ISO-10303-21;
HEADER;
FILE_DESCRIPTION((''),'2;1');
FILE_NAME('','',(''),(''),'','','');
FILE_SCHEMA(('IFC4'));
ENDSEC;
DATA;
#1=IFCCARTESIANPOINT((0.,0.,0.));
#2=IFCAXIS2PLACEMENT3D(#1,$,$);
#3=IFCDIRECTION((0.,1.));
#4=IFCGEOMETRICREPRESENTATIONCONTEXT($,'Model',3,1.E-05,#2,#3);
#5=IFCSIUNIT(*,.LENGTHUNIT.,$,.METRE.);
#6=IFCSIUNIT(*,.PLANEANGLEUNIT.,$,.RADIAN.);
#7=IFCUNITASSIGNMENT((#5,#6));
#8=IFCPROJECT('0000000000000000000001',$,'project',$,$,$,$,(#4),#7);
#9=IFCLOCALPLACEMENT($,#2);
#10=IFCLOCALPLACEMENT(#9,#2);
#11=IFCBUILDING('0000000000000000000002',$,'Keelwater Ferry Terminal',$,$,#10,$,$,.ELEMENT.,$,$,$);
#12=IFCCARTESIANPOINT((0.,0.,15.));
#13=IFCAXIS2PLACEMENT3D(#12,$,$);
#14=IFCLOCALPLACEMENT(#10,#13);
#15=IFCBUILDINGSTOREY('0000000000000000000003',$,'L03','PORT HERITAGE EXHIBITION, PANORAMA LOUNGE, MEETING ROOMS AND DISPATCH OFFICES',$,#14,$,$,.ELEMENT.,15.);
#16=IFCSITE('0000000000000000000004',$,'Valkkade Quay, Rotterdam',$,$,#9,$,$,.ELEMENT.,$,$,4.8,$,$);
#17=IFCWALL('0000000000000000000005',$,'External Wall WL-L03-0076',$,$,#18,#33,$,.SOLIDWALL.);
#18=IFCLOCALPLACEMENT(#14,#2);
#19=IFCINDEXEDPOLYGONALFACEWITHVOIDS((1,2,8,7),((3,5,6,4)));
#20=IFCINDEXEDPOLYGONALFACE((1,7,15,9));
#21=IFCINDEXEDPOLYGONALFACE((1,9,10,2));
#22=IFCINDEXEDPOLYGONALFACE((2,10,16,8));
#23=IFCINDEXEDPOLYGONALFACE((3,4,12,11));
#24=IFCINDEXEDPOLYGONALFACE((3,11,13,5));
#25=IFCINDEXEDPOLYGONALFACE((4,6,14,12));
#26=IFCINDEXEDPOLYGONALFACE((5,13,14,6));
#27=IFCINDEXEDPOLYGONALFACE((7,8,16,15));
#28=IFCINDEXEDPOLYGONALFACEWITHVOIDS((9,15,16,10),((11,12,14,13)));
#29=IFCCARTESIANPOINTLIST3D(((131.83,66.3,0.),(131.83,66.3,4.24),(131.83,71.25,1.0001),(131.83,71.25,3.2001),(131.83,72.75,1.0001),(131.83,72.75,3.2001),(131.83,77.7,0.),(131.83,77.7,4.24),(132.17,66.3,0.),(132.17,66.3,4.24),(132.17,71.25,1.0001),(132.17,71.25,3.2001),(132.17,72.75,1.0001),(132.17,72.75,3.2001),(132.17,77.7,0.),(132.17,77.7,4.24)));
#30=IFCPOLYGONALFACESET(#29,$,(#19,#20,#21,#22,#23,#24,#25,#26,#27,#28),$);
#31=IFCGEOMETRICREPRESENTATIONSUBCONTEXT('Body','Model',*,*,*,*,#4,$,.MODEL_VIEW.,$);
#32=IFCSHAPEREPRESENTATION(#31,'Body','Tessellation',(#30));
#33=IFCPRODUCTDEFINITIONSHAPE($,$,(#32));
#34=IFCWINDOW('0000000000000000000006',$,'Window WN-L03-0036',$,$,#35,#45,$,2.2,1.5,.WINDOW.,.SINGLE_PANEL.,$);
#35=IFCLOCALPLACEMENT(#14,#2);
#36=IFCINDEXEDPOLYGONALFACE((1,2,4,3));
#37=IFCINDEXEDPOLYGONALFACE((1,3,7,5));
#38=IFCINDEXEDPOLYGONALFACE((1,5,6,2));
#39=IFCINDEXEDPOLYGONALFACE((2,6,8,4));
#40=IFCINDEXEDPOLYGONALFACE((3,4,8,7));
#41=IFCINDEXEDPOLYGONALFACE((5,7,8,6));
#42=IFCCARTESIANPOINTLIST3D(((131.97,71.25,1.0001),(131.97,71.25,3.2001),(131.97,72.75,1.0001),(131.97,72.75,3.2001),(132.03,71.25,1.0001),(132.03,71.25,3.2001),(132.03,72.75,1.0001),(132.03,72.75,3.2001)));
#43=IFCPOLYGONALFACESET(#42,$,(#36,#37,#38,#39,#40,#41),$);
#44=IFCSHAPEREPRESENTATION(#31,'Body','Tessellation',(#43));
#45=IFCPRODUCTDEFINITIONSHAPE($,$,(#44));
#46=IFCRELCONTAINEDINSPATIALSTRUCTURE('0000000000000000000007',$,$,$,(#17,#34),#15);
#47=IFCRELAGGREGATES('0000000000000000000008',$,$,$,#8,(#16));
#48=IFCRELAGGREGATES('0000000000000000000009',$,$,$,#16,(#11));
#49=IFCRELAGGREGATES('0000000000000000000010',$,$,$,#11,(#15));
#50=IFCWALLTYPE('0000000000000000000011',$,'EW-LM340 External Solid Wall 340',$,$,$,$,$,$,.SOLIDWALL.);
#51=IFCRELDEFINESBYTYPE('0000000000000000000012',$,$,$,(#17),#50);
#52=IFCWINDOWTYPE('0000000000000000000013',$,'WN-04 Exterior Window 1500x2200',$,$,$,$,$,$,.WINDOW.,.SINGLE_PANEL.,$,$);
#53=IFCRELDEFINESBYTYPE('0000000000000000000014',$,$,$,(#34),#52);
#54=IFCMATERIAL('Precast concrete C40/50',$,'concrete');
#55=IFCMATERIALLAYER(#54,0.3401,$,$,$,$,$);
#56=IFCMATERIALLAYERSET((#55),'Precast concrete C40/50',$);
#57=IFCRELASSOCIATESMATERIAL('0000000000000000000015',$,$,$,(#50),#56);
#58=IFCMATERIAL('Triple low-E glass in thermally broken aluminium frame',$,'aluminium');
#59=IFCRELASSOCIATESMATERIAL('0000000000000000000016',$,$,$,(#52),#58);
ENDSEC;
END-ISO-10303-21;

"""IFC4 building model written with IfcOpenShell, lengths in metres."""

from ifc_helpers import new_model, si_unit, direction, frame, frame_2d, origin, place, context, subcontext, project, spatial, rectangle, extrude, material, layer, layer_set, type_object, element, fill, save


model = new_model("IFC4")

# Units and contexts
model_context = context("Model", 3, precision=1e-05, world=origin(), true_north=direction((0.0, 1.0)))
body_context = subcontext(model_context, "Body", "Model", "MODEL_VIEW")
ifc_project = project(units=[si_unit("LENGTHUNIT", "METRE"), si_unit("PLANEANGLEUNIT", "RADIAN")], contexts=[model_context])

# Site, building, storey
site_placement = place(None, origin())
site = spatial("IfcSite", under=ifc_project, at=site_placement, Name="Valkkade Quay, Rotterdam", CompositionType="ELEMENT", RefElevation=4.8)
building_placement = place(site_placement, origin())
building = spatial("IfcBuilding", under=site, at=building_placement, Name="Keelwater Ferry Terminal", CompositionType="ELEMENT")
storey_placement = place(building_placement, frame((0.0, 0.0, 15.0)))
storey = spatial("IfcBuildingStorey", under=building, at=storey_placement, Name="L03", Description="PORT HERITAGE EXHIBITION, PANORAMA LOUNGE, MEETING ROOMS AND DISPATCH OFFICES", CompositionType="ELEMENT", Elevation=15.0)

# Shared definitions
ifc_material_1 = material(Name="Precast concrete C40/50", Category="concrete")
ifc_layer_1 = layer(ifc_material_1, 0.3401)
ifc_layer_set_1 = layer_set([ifc_layer_1], Name="Precast concrete C40/50")
wall_type = type_object("IfcWallType", Name="EW-LM340 External Solid Wall 340", PredefinedType="SOLIDWALL", material=ifc_layer_set_1)

# Wall, opening, window
wall_1_placement = place(storey_placement, frame((132.0, 77.7, 0.0), z_axis=(0.0, 0.0, 1.0), x_axis=(0.0, -1.0, 0.0)))
wall_1 = element("IfcWall", 1, at=wall_1_placement, inside=storey, type_object=wall_type, Name="External Wall WL-L03-0076", PredefinedType="SOLIDWALL", context=body_context, shape_type="SweptSolid", body=[
    extrude(rectangle(XDim=11.3999, YDim=0.3401, at=frame_2d((5.7, 0.0))), origin(), (0.0, 0.0, 1.0), 4.24),
])
opening_placement = place(wall_1_placement, frame((4.95, 0.0, 1.0)))
opening = element("IfcOpeningElement", 2, at=opening_placement, cuts=wall_1, PredefinedType="OPENING", context=body_context, shape_type="SweptSolid", body=[
    extrude(rectangle(XDim=1.5, YDim=2.2, at=frame_2d((0.75, 1.1001))), frame((0.0, 0.1799, 0.0), z_axis=(0.0, -1.0, 0.0), x_axis=(1.0, 0.0, 0.0)), (0.0, 0.0, 1.0), 0.3601),
])
ifc_material_2 = material(Name="Triple low-E glass in thermally broken aluminium frame", Category="aluminium")
window_type = type_object("IfcWindowType", Name="WN-04 Exterior Window 1500x2200", PartitioningType="SINGLE_PANEL", PredefinedType="WINDOW", material=ifc_material_2)
window_placement = place(opening_placement, origin())
window = element("IfcWindow", 3, at=window_placement, inside=storey, type_object=window_type, Name="Window WN-L03-0036", OverallHeight=2.2, OverallWidth=1.5, PartitioningType="SINGLE_PANEL", PredefinedType="WINDOW", context=body_context, shape_type="SweptSolid", body=[
    extrude(rectangle(XDim=1.5, YDim=2.2, at=frame_2d((0.75, 1.1001))), frame((0.0, 0.03, 0.0), z_axis=(0.0, -1.0, 0.0), x_axis=(1.0, 0.0, 0.0)), (0.0, 0.0, 1.0), 0.0601),
])
fill(opening, window)

save(model, "model.ifc")
